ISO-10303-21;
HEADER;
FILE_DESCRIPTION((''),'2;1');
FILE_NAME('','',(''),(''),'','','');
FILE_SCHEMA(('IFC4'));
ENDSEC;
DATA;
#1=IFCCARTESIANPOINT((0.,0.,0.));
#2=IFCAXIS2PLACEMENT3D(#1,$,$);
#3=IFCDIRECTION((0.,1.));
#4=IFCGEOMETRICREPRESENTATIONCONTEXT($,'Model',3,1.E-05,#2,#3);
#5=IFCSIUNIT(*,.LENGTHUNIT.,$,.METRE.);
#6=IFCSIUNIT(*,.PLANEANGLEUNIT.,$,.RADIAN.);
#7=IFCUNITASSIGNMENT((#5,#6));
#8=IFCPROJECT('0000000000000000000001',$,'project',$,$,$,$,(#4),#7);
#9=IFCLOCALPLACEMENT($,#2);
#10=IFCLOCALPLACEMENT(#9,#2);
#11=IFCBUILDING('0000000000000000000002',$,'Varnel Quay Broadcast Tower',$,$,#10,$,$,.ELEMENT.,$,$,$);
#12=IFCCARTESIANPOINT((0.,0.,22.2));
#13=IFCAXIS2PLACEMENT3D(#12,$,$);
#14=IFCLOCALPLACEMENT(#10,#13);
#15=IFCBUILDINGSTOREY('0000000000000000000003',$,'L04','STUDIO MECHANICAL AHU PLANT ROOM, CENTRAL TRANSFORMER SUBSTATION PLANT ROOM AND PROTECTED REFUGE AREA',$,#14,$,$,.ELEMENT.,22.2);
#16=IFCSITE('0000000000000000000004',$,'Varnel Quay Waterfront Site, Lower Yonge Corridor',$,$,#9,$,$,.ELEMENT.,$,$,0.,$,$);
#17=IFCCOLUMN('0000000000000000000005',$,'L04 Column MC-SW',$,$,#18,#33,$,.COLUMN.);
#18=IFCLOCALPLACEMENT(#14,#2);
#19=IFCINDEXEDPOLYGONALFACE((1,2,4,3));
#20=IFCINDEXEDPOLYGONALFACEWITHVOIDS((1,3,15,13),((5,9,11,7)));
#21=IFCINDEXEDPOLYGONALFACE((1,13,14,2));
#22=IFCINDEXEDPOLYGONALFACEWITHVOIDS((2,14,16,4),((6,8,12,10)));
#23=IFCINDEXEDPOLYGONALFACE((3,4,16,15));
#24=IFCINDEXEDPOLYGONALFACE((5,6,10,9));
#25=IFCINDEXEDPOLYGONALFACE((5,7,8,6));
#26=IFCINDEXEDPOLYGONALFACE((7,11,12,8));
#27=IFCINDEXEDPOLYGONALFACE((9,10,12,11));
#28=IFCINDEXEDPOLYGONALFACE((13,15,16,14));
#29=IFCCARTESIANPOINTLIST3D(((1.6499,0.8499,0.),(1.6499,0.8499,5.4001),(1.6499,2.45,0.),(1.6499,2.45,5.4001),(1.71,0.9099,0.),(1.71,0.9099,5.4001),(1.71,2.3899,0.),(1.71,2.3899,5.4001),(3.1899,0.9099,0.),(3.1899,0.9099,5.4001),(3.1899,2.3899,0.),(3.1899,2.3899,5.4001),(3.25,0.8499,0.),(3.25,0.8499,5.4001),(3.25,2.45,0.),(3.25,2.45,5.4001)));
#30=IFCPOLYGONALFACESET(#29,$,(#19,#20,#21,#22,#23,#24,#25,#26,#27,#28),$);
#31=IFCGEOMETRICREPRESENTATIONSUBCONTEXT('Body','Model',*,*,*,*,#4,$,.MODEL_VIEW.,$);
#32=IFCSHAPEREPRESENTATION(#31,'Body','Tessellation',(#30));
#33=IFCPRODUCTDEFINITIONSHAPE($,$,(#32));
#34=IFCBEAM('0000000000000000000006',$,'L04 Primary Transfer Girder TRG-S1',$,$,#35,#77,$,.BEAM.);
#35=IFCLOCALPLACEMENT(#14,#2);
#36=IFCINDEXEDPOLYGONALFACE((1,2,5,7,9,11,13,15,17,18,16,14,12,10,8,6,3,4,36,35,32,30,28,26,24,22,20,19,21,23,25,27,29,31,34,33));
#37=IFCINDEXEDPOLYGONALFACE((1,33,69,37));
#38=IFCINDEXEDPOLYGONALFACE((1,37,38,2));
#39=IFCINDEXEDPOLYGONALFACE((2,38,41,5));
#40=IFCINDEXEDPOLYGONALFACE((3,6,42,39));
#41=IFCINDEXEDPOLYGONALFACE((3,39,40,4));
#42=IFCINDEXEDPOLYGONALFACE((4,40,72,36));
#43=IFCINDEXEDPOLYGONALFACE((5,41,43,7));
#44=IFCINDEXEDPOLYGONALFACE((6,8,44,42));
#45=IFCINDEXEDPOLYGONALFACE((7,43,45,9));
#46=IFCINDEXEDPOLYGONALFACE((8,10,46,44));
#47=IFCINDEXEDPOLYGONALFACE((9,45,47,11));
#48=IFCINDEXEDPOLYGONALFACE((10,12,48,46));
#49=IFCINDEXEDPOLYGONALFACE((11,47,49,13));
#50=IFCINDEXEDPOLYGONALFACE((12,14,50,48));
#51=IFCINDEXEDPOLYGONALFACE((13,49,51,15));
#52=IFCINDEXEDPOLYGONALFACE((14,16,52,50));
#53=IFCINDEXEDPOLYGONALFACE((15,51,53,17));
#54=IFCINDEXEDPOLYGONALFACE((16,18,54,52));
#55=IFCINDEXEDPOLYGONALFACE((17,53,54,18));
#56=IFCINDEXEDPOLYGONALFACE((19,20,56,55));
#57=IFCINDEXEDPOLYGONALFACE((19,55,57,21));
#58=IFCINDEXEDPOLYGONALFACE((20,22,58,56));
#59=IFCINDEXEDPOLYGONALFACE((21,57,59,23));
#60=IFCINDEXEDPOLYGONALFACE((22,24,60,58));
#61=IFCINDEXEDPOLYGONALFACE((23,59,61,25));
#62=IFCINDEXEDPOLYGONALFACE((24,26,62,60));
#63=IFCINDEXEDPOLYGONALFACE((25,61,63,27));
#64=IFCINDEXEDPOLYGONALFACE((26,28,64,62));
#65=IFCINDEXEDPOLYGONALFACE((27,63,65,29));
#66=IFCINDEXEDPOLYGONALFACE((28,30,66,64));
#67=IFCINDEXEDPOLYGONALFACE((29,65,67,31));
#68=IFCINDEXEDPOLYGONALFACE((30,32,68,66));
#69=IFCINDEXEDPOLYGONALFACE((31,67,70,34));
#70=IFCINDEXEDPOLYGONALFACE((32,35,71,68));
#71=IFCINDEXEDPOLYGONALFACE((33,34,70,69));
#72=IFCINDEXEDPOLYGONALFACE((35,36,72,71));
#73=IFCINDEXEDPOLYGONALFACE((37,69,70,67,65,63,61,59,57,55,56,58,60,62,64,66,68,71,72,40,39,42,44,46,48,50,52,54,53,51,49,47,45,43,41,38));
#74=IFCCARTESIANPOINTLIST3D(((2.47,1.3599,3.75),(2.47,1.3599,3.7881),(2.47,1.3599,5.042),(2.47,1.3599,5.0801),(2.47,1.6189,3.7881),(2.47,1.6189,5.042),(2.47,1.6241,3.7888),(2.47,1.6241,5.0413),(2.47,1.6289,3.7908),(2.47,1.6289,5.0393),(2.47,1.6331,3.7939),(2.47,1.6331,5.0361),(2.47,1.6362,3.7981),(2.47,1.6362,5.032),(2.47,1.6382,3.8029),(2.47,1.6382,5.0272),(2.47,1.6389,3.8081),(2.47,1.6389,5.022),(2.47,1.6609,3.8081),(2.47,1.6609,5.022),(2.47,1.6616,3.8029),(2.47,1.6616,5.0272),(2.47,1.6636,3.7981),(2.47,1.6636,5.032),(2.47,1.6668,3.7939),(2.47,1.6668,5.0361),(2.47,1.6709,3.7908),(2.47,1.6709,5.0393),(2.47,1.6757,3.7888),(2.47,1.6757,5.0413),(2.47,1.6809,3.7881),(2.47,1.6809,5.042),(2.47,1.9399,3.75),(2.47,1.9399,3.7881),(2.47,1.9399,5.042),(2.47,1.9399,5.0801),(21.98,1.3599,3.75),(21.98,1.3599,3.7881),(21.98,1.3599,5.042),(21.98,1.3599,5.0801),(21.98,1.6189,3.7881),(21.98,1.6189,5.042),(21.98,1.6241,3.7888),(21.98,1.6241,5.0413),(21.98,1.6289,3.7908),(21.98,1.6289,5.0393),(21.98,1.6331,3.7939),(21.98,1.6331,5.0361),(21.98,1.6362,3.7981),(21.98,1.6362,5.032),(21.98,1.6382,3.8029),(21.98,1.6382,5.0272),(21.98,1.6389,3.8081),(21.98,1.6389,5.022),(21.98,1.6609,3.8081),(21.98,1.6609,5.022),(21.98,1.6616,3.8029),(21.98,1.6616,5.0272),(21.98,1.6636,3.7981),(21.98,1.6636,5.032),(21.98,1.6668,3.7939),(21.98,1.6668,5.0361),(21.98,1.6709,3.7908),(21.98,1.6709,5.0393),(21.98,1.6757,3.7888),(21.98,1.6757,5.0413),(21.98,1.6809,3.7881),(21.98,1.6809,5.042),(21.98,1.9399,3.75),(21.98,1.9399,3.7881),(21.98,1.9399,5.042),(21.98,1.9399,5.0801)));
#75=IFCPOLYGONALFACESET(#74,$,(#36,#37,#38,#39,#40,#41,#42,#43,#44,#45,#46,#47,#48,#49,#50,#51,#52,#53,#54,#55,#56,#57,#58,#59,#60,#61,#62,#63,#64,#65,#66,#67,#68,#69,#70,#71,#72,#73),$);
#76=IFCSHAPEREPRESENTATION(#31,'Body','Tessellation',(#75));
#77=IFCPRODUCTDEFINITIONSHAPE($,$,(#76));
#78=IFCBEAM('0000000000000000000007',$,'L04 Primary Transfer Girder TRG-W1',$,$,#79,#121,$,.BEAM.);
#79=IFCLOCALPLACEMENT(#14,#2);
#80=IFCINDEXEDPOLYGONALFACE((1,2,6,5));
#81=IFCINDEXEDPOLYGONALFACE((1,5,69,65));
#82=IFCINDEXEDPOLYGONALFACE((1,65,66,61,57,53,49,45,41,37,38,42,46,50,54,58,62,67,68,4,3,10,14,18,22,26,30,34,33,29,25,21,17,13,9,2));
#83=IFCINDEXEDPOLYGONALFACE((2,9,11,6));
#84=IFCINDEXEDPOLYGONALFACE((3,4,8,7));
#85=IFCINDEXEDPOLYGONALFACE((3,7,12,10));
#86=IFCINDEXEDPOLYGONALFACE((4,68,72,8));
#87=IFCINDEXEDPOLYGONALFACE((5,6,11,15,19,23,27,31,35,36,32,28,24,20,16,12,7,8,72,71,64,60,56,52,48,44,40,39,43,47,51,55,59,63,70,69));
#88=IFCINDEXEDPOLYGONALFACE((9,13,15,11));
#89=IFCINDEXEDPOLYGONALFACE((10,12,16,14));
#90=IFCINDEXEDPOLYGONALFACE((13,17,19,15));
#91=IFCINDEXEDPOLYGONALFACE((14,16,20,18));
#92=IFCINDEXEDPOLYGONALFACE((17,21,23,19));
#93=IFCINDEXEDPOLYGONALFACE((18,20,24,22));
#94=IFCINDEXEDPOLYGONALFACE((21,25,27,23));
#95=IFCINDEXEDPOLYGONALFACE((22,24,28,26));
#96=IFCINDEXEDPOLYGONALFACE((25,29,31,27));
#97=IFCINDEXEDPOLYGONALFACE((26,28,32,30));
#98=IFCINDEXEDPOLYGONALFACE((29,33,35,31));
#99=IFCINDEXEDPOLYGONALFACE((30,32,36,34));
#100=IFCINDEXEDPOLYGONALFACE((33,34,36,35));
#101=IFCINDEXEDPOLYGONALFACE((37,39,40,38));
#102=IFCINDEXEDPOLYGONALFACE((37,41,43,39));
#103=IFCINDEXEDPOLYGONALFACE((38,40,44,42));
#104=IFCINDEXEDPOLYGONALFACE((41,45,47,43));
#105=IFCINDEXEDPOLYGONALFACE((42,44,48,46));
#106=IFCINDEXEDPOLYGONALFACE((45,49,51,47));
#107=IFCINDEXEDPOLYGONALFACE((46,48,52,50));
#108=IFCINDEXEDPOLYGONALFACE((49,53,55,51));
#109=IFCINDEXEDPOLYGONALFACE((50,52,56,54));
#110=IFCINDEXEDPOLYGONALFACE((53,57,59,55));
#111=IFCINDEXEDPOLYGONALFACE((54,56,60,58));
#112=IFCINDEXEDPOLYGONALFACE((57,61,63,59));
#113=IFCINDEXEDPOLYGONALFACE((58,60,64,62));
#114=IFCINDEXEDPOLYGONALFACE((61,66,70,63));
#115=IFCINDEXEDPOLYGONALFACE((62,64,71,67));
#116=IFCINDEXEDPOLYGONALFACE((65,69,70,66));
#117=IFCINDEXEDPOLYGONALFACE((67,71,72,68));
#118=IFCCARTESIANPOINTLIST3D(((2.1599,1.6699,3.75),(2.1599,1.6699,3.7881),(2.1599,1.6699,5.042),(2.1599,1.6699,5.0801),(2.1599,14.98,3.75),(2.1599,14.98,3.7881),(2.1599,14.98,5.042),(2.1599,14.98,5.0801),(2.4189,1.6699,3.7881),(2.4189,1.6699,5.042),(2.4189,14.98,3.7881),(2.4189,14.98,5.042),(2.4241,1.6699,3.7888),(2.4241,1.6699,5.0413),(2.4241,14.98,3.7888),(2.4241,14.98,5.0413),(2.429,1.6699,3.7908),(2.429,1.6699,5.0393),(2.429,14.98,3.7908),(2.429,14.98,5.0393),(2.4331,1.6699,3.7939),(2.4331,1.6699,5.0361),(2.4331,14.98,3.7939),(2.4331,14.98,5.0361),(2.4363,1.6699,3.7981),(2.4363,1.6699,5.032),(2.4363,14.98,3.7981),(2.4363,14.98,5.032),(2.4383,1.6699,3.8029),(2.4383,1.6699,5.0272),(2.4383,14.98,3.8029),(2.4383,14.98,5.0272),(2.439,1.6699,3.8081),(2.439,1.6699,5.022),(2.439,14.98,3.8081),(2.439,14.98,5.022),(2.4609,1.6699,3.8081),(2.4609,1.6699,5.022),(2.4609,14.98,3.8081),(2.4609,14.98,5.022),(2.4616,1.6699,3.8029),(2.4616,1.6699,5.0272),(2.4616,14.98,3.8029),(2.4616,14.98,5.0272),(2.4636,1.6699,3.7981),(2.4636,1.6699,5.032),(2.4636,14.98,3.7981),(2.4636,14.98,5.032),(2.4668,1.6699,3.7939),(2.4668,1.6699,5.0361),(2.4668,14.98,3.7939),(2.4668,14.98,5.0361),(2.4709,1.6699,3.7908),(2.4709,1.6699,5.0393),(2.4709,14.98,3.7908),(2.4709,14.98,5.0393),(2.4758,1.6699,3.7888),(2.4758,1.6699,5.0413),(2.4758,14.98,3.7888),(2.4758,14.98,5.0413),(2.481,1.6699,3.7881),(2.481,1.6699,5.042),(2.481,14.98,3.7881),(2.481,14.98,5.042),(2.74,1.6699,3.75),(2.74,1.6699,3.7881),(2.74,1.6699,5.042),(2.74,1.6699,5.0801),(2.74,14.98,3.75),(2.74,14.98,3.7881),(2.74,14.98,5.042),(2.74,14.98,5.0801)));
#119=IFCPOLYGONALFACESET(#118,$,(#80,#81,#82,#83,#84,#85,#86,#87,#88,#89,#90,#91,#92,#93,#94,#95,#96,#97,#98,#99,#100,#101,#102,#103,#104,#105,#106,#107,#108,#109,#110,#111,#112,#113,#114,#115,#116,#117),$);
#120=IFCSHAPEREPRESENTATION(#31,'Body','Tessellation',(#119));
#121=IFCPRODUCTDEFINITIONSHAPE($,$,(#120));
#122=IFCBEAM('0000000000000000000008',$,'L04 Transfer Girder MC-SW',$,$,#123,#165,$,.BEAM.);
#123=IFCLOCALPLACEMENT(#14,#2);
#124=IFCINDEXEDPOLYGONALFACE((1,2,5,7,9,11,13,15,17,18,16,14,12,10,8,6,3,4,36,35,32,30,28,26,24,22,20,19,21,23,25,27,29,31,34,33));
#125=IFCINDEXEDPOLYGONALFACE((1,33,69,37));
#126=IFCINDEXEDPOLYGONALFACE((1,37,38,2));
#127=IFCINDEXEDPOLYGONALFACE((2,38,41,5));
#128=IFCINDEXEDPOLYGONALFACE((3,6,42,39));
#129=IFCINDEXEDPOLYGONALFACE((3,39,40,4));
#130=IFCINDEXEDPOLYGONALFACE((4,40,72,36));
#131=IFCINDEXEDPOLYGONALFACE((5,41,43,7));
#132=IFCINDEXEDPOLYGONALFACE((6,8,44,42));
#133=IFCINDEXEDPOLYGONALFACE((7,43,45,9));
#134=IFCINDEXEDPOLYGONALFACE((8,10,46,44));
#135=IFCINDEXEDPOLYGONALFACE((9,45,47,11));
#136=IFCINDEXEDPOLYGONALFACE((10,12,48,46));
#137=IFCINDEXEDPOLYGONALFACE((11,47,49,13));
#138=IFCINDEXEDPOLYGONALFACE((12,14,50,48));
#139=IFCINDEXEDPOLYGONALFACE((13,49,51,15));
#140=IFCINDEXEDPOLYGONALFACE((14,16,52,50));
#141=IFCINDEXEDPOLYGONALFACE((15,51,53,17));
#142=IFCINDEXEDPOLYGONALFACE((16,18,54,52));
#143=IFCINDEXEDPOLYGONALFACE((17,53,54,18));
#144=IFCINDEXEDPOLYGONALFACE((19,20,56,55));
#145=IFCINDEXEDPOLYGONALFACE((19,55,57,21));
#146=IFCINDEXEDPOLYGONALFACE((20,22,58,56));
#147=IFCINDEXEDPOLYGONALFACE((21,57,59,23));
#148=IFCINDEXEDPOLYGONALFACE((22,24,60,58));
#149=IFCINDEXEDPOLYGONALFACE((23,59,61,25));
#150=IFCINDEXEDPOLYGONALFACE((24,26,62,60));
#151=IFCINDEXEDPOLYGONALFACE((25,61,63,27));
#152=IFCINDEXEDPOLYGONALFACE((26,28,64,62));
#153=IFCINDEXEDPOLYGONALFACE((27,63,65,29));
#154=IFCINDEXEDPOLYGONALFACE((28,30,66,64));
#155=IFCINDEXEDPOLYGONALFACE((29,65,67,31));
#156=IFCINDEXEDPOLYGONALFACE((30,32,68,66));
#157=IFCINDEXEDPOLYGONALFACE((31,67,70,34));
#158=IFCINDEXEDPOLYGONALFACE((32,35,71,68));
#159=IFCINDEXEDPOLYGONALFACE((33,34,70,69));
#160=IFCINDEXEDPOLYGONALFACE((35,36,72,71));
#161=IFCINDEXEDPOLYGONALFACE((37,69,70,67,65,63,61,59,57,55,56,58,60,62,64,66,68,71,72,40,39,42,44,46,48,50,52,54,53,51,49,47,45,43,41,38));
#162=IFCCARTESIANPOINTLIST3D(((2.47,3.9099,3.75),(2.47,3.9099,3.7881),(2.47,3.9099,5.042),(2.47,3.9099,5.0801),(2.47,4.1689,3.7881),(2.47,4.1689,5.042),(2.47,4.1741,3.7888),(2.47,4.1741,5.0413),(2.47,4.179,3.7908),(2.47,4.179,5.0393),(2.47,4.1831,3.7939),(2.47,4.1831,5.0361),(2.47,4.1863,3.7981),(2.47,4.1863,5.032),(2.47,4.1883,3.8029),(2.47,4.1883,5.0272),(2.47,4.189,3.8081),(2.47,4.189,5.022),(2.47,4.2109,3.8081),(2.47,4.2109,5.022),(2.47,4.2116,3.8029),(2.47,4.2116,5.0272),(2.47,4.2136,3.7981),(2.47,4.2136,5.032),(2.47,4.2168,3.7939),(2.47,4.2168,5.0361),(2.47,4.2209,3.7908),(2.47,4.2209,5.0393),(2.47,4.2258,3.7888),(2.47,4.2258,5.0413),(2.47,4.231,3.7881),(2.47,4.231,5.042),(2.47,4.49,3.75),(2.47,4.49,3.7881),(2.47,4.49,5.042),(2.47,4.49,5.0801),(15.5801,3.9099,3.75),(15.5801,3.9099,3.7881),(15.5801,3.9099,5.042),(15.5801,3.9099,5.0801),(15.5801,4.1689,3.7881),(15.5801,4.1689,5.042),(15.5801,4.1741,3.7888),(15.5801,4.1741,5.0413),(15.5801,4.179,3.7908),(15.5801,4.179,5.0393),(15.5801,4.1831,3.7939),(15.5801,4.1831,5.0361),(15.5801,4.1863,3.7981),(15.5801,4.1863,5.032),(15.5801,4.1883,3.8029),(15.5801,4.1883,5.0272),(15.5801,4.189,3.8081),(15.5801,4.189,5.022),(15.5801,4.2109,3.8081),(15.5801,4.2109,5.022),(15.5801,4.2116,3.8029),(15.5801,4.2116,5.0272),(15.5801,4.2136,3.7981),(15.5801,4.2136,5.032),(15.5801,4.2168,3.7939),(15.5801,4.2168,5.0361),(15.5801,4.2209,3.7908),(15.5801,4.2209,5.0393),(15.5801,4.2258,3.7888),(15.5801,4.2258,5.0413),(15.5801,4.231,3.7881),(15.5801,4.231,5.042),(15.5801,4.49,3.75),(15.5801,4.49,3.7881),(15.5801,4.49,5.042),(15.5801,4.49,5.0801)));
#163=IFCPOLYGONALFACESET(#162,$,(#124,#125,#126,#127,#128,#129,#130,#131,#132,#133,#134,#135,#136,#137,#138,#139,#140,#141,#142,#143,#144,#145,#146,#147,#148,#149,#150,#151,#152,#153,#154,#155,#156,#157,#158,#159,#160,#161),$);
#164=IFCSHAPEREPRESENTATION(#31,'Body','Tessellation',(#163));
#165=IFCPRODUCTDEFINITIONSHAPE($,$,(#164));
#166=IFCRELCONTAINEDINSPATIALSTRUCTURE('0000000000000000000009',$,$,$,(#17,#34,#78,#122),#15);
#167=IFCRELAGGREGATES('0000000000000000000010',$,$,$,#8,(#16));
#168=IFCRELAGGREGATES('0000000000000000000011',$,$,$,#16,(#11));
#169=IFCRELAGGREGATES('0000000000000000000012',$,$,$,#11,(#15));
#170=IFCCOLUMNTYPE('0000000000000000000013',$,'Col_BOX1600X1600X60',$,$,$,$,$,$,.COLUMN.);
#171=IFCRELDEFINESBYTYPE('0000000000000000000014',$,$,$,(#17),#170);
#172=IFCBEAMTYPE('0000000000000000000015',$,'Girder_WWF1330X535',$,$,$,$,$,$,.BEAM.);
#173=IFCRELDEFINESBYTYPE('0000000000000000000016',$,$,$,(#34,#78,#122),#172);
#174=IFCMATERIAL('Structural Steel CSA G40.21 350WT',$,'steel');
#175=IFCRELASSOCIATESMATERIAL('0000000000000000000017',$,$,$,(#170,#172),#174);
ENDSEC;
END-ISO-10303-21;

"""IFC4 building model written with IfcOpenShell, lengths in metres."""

from ifc_helpers import new_model, si_unit, direction, frame, origin, origin_2d, place, context, subcontext, project, spatial, hollow_rectangle, i_section, extrude, source, transform, mapped, material, material_profile, profile_set, type_object, type_shapes, element, save


model = new_model("IFC4")

# Units and contexts
model_context = context("Model", 3, precision=1e-05, world=origin(), true_north=direction((0.0, 1.0)))
body_context = subcontext(model_context, "Body", "Model", "MODEL_VIEW")
ifc_project = project(units=[si_unit("LENGTHUNIT", "METRE"), si_unit("PLANEANGLEUNIT", "RADIAN")], contexts=[model_context])

# Site, building, storey
site_placement = place(None, origin())
site = spatial("IfcSite", under=ifc_project, at=site_placement, Name="Varnel Quay Waterfront Site, Lower Yonge Corridor", CompositionType="ELEMENT", RefElevation=0.0)
building_placement = place(site_placement, origin())
building = spatial("IfcBuilding", under=site, at=building_placement, Name="Varnel Quay Broadcast Tower", CompositionType="ELEMENT")
storey_placement = place(building_placement, frame((0.0, 0.0, 22.2)))
storey = spatial("IfcBuildingStorey", under=building, at=storey_placement, Name="L04", Description="STUDIO MECHANICAL AHU PLANT ROOM, CENTRAL TRANSFORMER SUBSTATION PLANT ROOM AND PROTECTED REFUGE AREA", CompositionType="ELEMENT", Elevation=22.2)

# Column
ifc_material_1 = material(Name="Structural Steel CSA G40.21 350WT", Category="steel")
ifc_material_profile_1 = material_profile(ifc_material_1, hollow_rectangle(XDim=1.6001, YDim=1.6001, WallThickness=0.0601, at=origin_2d()), Name="BOX1600X1600X60")
ifc_profile_set_1 = profile_set([ifc_material_profile_1], Name="Structural Steel CSA G40.21 350WT")
column_type = type_object("IfcColumnType", Name="Col_BOX1600X1600X60", PredefinedType="COLUMN", material=ifc_profile_set_1)
shared_shape_1 = source(origin(), body_context, "Body", "SweptSolid", [
    extrude(hollow_rectangle(XDim=1.6001, YDim=1.6001, WallThickness=0.0601, at=origin_2d()), origin(), (0.0, 0.0, 1.0), 5.4001),
])
type_shapes(column_type, [shared_shape_1])
column_placement = place(storey_placement, frame((2.45, 1.6499, 0.0), z_axis=(0.0, 0.0, 1.0), x_axis=(1.0, 0.0, 0.0)))
element("IfcColumn", 1, at=column_placement, inside=storey, type_object=column_type, Name="L04 Column MC-SW", PredefinedType="COLUMN", context=body_context, shape_type="MappedRepresentation", body=[
    mapped(shared_shape_1, transform((0.0, 0.0, 0.0), x_axis=(1.0, 0.0, 0.0), y_axis=(0.0, 1.0, 0.0), z_axis=(0.0, 0.0, 1.0), scale=1.0)),
])

# Beams
ifc_material_profile_2 = material_profile(ifc_material_1, i_section(OverallWidth=0.5801, OverallDepth=1.3301, WebThickness=0.022, FlangeThickness=0.0381, FilletRadius=0.02, at=origin_2d()), Name="WWF1330X535")
ifc_profile_set_2 = profile_set([ifc_material_profile_2], Name="Structural Steel CSA G40.21 350WT")
beam_type = type_object("IfcBeamType", Name="Girder_WWF1330X535", PredefinedType="BEAM", material=ifc_profile_set_2)
shared_shape_2 = source(origin(), body_context, "Body", "SweptSolid", [
    extrude(i_section(OverallWidth=0.5801, OverallDepth=1.3301, WebThickness=0.022, FlangeThickness=0.0381, FilletRadius=0.02, at=origin_2d()), origin(), (0.0, 0.0, 1.0), 19.51),
])
beam_1_placement = place(storey_placement, frame((2.47, 1.6499, 4.415), z_axis=(1.0, 0.0, 0.0), x_axis=(0.0, 1.0, 0.0)))
element("IfcBeam", 2, at=beam_1_placement, inside=storey, type_object=beam_type, Name="L04 Primary Transfer Girder TRG-S1", PredefinedType="BEAM", context=body_context, shape_type="MappedRepresentation", body=[
    mapped(shared_shape_2, transform((0.0, 0.0, 0.0), x_axis=(1.0, 0.0, 0.0), y_axis=(0.0, 1.0, 0.0), z_axis=(0.0, 0.0, 1.0), scale=1.0)),
])
shared_shape_3 = source(origin(), body_context, "Body", "SweptSolid", [
    extrude(i_section(OverallWidth=0.5801, OverallDepth=1.3301, WebThickness=0.022, FlangeThickness=0.0381, FilletRadius=0.02, at=origin_2d()), origin(), (0.0, 0.0, 1.0), 13.3101),
])
beam_2_placement = place(storey_placement, frame((2.45, 1.6699, 4.415), z_axis=(0.0, 1.0, 0.0), x_axis=(-1.0, 0.0, 0.0)))
element("IfcBeam", 3, at=beam_2_placement, inside=storey, type_object=beam_type, Name="L04 Primary Transfer Girder TRG-W1", PredefinedType="BEAM", context=body_context, shape_type="MappedRepresentation", body=[
    mapped(shared_shape_3, transform((0.0, 0.0, 0.0), x_axis=(1.0, 0.0, 0.0), y_axis=(0.0, 1.0, 0.0), z_axis=(0.0, 0.0, 1.0), scale=1.0)),
])
shared_shape_4 = source(origin(), body_context, "Body", "SweptSolid", [
    extrude(i_section(OverallWidth=0.5801, OverallDepth=1.3301, WebThickness=0.022, FlangeThickness=0.0381, FilletRadius=0.02, at=origin_2d()), origin(), (0.0, 0.0, 1.0), 13.1101),
])
beam_3_placement = place(storey_placement, frame((2.47, 4.2, 4.415), z_axis=(1.0, 0.0, 0.0), x_axis=(0.0, 1.0, 0.0)))
element("IfcBeam", 4, at=beam_3_placement, inside=storey, type_object=beam_type, Name="L04 Transfer Girder MC-SW", PredefinedType="BEAM", context=body_context, shape_type="MappedRepresentation", body=[
    mapped(shared_shape_4, transform((0.0, 0.0, 0.0), x_axis=(1.0, 0.0, 0.0), y_axis=(0.0, 1.0, 0.0), z_axis=(0.0, 0.0, 1.0), scale=1.0)),
])

save(model, "model.ifc")
